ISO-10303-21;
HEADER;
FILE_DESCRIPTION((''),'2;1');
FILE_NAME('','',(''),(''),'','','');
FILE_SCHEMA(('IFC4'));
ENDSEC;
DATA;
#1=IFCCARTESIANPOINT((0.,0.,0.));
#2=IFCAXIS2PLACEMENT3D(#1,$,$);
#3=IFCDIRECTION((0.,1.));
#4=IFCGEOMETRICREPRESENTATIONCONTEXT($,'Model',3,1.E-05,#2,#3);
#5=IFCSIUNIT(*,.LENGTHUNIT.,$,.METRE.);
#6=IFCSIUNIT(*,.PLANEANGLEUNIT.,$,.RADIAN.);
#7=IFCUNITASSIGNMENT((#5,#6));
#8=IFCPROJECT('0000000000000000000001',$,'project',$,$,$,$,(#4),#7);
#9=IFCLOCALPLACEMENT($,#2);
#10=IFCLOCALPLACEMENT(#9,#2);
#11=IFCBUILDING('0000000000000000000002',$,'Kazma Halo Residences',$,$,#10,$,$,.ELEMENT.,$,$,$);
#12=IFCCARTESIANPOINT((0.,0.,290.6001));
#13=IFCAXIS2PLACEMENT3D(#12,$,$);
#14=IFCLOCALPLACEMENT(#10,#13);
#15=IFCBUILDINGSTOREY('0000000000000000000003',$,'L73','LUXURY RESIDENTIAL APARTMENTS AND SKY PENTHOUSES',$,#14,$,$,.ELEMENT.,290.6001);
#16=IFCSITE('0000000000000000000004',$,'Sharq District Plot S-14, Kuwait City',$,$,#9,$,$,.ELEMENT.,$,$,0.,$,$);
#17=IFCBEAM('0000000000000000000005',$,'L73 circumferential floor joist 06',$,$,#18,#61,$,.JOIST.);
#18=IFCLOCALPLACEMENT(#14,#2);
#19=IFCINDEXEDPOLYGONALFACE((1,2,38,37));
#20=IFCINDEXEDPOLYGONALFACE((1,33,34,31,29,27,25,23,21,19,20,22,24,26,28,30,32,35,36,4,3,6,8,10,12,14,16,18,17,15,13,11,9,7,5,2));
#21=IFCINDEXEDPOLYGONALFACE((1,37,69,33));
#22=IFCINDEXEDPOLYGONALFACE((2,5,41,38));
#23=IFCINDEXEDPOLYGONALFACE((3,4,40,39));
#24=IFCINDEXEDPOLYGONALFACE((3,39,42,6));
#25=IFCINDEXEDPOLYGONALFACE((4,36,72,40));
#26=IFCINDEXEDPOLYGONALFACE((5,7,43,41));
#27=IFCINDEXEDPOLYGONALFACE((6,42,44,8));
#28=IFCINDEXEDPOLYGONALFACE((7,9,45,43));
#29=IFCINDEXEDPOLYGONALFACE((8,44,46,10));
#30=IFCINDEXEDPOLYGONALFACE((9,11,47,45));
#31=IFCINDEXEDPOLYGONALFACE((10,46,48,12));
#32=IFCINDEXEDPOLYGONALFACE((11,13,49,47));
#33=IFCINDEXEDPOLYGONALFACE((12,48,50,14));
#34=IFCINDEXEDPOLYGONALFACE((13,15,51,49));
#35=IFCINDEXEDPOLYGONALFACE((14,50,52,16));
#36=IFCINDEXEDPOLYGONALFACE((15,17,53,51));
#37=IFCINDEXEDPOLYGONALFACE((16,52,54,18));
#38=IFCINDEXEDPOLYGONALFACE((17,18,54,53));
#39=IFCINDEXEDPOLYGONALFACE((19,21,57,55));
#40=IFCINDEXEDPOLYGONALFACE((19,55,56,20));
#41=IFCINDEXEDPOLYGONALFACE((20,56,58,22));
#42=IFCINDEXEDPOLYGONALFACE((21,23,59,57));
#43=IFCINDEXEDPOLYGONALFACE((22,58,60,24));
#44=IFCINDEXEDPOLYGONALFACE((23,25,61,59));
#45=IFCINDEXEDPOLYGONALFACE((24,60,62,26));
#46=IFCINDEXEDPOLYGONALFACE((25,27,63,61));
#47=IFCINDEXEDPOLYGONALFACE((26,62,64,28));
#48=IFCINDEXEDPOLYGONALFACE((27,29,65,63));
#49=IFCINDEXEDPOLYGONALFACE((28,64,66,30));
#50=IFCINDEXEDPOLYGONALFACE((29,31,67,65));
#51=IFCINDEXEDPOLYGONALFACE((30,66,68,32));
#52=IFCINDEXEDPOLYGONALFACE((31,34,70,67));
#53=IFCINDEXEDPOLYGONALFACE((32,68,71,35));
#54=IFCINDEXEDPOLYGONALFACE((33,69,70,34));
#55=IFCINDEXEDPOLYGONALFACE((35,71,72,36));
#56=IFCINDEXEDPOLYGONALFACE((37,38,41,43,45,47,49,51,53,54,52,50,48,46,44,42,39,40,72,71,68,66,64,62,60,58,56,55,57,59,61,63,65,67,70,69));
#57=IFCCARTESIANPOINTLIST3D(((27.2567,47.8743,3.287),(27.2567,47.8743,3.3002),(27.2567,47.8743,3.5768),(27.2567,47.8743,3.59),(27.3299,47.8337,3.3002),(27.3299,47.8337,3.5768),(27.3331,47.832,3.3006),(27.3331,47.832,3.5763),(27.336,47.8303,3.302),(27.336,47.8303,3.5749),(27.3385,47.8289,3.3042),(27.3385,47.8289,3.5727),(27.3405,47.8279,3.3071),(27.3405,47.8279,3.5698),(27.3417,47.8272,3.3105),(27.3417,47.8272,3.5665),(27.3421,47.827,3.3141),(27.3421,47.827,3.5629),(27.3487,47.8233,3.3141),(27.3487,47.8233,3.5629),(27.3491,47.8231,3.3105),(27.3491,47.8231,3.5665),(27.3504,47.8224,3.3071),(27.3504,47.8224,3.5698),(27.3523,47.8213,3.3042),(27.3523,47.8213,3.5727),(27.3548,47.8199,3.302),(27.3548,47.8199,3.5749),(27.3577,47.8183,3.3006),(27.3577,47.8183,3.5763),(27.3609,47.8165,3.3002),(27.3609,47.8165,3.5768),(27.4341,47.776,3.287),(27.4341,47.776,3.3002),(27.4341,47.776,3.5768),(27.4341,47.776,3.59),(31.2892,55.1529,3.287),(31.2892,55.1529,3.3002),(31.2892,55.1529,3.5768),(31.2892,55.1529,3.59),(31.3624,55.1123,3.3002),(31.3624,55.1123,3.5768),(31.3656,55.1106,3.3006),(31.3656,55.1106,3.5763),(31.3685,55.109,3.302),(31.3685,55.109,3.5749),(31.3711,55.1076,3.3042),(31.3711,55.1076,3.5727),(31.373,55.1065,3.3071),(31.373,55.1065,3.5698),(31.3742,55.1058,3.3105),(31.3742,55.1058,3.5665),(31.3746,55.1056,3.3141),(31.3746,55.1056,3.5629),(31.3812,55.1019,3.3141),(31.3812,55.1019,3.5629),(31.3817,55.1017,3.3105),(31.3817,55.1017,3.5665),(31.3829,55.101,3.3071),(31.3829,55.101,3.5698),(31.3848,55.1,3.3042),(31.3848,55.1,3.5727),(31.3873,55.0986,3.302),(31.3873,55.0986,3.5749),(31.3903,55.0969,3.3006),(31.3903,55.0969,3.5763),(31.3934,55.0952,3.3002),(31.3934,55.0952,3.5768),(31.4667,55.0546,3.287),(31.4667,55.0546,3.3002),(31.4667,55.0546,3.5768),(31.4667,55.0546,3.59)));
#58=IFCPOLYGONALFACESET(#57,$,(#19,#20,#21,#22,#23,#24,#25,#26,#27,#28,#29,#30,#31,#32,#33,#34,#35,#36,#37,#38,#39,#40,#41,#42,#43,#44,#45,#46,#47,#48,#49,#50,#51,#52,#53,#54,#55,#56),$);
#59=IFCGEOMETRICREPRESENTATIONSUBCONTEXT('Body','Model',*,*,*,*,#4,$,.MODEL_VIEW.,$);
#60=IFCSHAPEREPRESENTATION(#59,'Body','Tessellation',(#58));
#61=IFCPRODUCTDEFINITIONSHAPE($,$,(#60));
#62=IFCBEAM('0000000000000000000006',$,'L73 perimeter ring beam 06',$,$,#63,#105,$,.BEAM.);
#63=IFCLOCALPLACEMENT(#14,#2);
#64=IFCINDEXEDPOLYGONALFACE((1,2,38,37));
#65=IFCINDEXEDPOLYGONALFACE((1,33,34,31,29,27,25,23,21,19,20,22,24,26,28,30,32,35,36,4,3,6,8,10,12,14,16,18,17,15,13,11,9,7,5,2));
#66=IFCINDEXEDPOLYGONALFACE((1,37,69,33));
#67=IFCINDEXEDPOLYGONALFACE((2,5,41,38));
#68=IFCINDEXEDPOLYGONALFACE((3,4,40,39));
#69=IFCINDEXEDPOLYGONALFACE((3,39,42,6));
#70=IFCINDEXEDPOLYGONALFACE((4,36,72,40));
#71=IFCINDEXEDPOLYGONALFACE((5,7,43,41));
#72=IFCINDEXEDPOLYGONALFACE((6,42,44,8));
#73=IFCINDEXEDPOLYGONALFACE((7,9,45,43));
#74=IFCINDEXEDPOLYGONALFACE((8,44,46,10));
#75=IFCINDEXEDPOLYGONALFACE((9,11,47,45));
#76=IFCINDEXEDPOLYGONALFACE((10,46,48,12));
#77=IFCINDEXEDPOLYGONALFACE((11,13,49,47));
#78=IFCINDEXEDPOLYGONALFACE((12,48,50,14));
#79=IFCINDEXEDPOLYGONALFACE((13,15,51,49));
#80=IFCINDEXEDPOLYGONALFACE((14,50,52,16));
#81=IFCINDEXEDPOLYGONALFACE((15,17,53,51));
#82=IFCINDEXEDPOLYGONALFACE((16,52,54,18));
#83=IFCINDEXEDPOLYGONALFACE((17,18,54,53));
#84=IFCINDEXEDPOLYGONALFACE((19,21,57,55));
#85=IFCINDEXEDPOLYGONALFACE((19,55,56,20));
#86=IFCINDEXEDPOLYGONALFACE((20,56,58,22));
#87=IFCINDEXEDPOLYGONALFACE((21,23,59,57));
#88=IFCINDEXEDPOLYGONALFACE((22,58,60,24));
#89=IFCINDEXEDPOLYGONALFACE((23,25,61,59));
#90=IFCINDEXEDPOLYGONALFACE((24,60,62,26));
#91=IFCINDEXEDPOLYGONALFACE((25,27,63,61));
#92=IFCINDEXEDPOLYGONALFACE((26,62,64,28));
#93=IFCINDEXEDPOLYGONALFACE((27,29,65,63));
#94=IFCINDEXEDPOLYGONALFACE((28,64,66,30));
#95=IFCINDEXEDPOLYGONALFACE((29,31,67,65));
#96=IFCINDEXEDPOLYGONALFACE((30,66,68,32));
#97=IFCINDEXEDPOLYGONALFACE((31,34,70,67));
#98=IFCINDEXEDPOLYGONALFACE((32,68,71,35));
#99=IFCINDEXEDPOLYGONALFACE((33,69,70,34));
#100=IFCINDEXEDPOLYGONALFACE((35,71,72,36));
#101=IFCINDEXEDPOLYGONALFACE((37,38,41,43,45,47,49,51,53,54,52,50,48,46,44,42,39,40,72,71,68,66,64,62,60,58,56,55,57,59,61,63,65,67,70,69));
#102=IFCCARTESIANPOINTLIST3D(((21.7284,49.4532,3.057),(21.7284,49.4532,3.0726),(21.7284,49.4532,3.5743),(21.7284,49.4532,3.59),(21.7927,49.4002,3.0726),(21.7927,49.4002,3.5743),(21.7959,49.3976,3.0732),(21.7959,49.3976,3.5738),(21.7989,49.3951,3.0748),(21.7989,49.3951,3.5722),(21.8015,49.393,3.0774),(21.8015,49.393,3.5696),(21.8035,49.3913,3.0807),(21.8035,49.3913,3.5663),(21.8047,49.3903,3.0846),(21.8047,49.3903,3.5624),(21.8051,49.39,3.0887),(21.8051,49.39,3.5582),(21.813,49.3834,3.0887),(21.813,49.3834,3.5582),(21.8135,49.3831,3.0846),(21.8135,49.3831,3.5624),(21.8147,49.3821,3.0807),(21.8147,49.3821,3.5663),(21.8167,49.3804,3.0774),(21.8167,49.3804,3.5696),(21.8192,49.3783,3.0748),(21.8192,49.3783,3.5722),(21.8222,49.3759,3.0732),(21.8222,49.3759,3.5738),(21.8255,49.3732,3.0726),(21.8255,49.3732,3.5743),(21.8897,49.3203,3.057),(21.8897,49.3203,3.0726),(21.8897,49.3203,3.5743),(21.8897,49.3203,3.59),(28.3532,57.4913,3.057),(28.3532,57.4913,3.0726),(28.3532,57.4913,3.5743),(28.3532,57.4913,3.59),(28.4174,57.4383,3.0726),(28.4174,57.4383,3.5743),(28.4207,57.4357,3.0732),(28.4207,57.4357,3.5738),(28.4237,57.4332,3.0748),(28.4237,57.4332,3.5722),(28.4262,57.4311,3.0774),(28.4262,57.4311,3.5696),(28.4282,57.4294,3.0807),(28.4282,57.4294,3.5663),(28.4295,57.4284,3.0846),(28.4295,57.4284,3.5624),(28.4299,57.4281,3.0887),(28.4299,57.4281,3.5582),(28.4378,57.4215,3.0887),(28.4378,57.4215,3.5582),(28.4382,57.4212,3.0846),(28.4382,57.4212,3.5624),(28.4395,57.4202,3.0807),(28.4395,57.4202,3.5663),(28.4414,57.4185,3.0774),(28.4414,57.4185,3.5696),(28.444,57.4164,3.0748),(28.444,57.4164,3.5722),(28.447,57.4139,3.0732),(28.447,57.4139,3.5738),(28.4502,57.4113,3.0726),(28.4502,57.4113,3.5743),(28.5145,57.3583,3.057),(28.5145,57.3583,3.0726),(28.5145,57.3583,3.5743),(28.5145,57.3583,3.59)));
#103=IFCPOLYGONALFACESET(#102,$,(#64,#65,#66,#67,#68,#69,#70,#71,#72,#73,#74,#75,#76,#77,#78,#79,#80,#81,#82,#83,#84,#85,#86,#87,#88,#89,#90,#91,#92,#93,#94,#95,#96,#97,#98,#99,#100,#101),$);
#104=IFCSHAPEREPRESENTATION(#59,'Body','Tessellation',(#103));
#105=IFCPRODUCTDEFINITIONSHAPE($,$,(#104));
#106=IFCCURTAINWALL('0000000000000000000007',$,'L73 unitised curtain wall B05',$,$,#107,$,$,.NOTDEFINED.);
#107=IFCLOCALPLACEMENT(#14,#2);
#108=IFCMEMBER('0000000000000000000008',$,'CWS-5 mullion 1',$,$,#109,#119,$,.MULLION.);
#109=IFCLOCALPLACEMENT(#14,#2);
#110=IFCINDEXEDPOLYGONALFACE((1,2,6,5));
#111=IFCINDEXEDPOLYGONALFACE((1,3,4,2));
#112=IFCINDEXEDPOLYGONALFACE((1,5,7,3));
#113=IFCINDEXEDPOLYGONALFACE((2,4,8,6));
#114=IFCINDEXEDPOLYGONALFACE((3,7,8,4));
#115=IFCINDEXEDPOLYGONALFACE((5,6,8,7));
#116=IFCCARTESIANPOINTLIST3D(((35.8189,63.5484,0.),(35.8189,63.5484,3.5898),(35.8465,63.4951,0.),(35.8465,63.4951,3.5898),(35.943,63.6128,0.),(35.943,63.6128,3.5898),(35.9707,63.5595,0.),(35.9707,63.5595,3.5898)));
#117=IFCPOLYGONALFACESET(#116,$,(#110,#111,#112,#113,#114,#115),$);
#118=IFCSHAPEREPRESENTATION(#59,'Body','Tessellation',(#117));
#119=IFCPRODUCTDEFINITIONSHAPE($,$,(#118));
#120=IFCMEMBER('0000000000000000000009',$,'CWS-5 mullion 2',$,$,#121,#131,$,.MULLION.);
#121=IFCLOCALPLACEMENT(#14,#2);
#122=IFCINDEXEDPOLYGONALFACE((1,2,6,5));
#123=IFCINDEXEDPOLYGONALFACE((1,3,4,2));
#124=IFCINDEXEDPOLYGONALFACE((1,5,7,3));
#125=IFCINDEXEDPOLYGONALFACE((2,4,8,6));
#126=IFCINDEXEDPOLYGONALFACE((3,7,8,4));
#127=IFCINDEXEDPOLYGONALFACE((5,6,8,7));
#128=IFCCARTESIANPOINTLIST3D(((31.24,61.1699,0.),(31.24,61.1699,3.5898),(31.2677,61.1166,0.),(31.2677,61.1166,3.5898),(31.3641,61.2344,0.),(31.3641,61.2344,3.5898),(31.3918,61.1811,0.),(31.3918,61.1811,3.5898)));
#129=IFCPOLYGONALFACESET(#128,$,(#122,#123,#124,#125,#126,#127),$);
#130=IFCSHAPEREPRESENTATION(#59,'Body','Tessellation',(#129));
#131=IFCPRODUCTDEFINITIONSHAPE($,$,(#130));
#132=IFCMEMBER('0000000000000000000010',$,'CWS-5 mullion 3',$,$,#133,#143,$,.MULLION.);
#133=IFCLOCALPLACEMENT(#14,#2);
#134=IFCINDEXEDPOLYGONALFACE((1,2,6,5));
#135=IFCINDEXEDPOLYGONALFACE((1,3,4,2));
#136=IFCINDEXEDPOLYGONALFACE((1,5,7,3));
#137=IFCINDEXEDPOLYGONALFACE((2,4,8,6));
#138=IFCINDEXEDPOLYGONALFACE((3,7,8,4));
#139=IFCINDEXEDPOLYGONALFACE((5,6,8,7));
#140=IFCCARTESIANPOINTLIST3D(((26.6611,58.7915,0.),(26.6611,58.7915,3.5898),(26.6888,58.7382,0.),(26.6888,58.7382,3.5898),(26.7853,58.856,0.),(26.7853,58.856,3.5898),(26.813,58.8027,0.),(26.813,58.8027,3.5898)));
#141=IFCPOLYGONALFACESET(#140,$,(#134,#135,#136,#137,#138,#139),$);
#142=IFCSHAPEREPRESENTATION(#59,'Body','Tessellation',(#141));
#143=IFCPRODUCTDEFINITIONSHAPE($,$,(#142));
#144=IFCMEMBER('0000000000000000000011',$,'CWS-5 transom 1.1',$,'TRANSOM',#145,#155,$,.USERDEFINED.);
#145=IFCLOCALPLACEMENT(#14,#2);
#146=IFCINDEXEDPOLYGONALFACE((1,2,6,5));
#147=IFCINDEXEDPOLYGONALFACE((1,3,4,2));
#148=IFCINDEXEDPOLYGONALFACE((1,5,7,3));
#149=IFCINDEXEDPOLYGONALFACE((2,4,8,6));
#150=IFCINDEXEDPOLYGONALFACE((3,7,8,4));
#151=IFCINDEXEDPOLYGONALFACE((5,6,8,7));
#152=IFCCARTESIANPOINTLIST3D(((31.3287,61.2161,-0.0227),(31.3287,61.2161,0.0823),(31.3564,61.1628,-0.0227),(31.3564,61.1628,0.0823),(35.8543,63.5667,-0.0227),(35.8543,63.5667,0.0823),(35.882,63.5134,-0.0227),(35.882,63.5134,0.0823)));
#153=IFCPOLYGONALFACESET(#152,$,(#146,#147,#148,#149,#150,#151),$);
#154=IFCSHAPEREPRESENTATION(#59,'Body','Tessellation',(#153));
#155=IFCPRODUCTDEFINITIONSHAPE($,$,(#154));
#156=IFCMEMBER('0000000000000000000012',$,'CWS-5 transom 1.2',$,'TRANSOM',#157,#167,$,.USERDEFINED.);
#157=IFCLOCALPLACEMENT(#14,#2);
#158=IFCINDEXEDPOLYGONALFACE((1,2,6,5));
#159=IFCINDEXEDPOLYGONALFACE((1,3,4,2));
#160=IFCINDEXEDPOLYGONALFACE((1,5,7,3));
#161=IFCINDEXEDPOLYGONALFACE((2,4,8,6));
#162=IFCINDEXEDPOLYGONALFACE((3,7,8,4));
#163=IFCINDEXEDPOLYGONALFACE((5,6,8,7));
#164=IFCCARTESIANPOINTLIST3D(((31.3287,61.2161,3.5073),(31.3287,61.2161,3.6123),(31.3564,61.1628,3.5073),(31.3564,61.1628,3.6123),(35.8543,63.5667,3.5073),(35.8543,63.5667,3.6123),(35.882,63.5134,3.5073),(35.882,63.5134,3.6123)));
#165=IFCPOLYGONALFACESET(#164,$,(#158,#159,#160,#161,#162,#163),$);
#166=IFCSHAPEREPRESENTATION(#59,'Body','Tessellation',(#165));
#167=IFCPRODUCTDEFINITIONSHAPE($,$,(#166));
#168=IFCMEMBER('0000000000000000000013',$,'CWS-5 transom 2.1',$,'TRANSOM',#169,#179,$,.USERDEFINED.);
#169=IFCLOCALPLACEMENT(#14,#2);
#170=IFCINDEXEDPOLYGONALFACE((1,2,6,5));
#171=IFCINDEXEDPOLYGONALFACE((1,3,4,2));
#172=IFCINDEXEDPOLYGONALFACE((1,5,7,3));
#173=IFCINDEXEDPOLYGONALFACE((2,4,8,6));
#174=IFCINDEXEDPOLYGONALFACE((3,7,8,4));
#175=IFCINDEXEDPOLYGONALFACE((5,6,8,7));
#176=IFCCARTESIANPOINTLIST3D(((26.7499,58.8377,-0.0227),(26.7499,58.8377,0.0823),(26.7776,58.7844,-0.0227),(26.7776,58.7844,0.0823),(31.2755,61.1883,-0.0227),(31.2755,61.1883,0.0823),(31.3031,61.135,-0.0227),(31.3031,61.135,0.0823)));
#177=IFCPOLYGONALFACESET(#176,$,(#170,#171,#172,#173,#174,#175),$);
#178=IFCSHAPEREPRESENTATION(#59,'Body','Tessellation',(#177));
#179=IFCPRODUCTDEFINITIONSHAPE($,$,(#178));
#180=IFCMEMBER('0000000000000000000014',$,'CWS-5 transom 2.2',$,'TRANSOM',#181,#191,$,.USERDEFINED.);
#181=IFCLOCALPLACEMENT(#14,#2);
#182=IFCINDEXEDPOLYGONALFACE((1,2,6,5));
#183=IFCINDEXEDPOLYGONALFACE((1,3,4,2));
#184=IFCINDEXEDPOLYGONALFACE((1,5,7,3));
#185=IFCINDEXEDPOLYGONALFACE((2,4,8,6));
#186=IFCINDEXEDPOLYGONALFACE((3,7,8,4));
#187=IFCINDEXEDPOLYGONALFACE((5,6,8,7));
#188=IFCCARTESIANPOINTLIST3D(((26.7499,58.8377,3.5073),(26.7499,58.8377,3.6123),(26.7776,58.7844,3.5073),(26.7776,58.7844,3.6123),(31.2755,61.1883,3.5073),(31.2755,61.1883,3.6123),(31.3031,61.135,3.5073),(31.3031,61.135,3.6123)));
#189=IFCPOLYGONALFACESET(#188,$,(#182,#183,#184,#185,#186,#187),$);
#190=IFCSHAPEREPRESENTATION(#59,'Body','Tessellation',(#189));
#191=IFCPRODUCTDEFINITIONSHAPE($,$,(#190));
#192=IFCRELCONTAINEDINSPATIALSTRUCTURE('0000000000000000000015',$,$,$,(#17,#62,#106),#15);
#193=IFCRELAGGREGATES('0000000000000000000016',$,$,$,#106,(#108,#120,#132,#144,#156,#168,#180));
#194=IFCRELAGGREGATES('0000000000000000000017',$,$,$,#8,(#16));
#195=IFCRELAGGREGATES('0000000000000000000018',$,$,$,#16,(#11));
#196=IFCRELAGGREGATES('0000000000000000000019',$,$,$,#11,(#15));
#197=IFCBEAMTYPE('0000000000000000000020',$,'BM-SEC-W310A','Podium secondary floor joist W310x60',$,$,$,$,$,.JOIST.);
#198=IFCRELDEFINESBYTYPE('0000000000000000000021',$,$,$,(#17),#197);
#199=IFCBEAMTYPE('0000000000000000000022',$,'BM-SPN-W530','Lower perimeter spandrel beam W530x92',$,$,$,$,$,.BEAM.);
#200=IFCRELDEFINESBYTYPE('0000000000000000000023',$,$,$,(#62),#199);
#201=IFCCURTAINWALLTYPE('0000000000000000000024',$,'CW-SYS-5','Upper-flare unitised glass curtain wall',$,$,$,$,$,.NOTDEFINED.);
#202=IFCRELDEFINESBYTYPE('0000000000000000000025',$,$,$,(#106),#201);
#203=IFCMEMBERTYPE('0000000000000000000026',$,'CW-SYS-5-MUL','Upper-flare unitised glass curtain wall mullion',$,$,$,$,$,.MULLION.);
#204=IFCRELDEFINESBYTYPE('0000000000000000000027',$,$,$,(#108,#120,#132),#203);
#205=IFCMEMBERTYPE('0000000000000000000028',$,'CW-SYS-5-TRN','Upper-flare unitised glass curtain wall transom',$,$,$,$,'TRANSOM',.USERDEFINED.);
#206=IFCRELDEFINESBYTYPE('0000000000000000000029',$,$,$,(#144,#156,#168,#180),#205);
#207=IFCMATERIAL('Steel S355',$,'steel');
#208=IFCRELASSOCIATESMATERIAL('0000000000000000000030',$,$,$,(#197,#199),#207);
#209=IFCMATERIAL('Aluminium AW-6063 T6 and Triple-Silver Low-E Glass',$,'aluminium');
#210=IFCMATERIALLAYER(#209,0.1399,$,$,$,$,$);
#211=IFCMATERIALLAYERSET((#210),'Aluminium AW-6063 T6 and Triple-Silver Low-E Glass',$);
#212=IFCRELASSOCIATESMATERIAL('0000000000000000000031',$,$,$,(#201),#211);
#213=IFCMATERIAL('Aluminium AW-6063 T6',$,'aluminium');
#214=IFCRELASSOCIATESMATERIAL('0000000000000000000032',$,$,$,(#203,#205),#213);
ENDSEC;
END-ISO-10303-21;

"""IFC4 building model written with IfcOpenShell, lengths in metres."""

from ifc_helpers import new_model, si_unit, direction, frame, origin, origin_2d, place, context, subcontext, project, spatial, rectangle, i_section, extrude, material, layer, layer_set, material_profile, profile_set, type_object, element, aggregate, save


model = new_model("IFC4")

# Units and contexts
model_context = context("Model", 3, precision=1e-05, world=origin(), true_north=direction((0.0, 1.0)))
body_context = subcontext(model_context, "Body", "Model", "MODEL_VIEW")
ifc_project = project(units=[si_unit("LENGTHUNIT", "METRE"), si_unit("PLANEANGLEUNIT", "RADIAN")], contexts=[model_context])

# Site, building, storey
site_placement = place(None, origin())
site = spatial("IfcSite", under=ifc_project, at=site_placement, Name="Sharq District Plot S-14, Kuwait City", CompositionType="ELEMENT", RefElevation=0.0)
building_placement = place(site_placement, origin())
building = spatial("IfcBuilding", under=site, at=building_placement, Name="Kazma Halo Residences", CompositionType="ELEMENT")
storey_placement = place(building_placement, frame((0.0, 0.0, 290.6001)))
storey = spatial("IfcBuildingStorey", under=building, at=storey_placement, Name="L73", Description="LUXURY RESIDENTIAL APARTMENTS AND SKY PENTHOUSES", CompositionType="ELEMENT", Elevation=290.6001)

# Beams
ifc_material_1 = material(Name="Steel S355", Category="steel")
ifc_material_profile_1 = material_profile(ifc_material_1, i_section(OverallWidth=0.2029, OverallDepth=0.303, WebThickness=0.0076, FlangeThickness=0.0132, FilletRadius=0.0139, at=origin_2d()), Name="W310x60")
ifc_profile_set_1 = profile_set([ifc_material_profile_1], Name="Steel S355")
beam_type_1 = type_object("IfcBeamType", Name="BM-SEC-W310A", Description="Podium secondary floor joist W310x60", PredefinedType="JOIST", material=ifc_profile_set_1)
beam_1_placement = place(storey_placement, frame((31.3779, 55.1038, 3.4385), z_axis=(-0.484616, -0.874727, 0.0), x_axis=(0.874727, -0.484616, 0.0)))
element("IfcBeam", 1, at=beam_1_placement, inside=storey, type_object=beam_type_1, Name="L73 circumferential floor joist 06", PredefinedType="JOIST", context=body_context, shape_type="SweptSolid", body=[
    extrude(i_section(OverallWidth=0.2029, OverallDepth=0.303, WebThickness=0.0076, FlangeThickness=0.0132, FilletRadius=0.0139, at=origin_2d()), origin(), (0.0, 0.0, 1.0), 8.321),
])
ifc_material_profile_2 = material_profile(ifc_material_1, i_section(OverallWidth=0.209, OverallDepth=0.533, WebThickness=0.0103, FlangeThickness=0.0156, FilletRadius=0.0161, at=origin_2d()), Name="W530x92")
ifc_profile_set_2 = profile_set([ifc_material_profile_2], Name="Steel S355")
beam_type_2 = type_object("IfcBeamType", Name="BM-SPN-W530", Description="Lower perimeter spandrel beam W530x92", PredefinedType="BEAM", material=ifc_profile_set_2)
beam_2_placement = place(storey_placement, frame((28.4338, 57.4248, 3.3235), z_axis=(-0.636002, -0.771687, 0.0), x_axis=(0.771687, -0.636002, 0.0)))
element("IfcBeam", 2, at=beam_2_placement, inside=storey, type_object=beam_type_2, Name="L73 perimeter ring beam 06", PredefinedType="BEAM", context=body_context, shape_type="SweptSolid", body=[
    extrude(i_section(OverallWidth=0.209, OverallDepth=0.533, WebThickness=0.0103, FlangeThickness=0.0156, FilletRadius=0.0161, at=origin_2d()), origin(), (0.0, 0.0, 1.0), 10.4163),
])

# Curtain wall, members
ifc_material_2 = material(Name="Aluminium AW-6063 T6 and Triple-Silver Low-E Glass", Category="aluminium")
ifc_layer_1 = layer(ifc_material_2, 0.1399)
ifc_layer_set_1 = layer_set([ifc_layer_1], Name="Aluminium AW-6063 T6 and Triple-Silver Low-E Glass")
curtain_wall_type = type_object("IfcCurtainWallType", Name="CW-SYS-5", Description="Upper-flare unitised glass curtain wall", PredefinedType="NOTDEFINED", material=ifc_layer_set_1)
curtain_wall_placement = place(storey_placement, origin())
curtain_wall = element("IfcCurtainWall", 3, at=curtain_wall_placement, inside=storey, type_object=curtain_wall_type, Name="L73 unitised curtain wall B05", PredefinedType="NOTDEFINED")
ifc_material_3 = material(Name="Aluminium AW-6063 T6", Category="aluminium")
ifc_material_profile_3 = material_profile(ifc_material_3, rectangle(XDim=0.0601, YDim=0.1399, at=origin_2d()), Name="CWM-60x140")
ifc_profile_set_3 = profile_set([ifc_material_profile_3], Name="Aluminium AW-6063 T6")
member_type_1 = type_object("IfcMemberType", Name="CW-SYS-5-MUL", Description="Upper-flare unitised glass curtain wall mullion", PredefinedType="MULLION", material=ifc_profile_set_3)
member_1_placement = place(storey_placement, frame((35.8948, 63.554, 0.0), z_axis=(0.0, 0.0, 1.0), x_axis=(0.460961, -0.887421, 0.0)))
member_1 = element("IfcMember", 4, at=member_1_placement, type_object=member_type_1, Name="CWS-5 mullion 1", PredefinedType="MULLION", context=body_context, shape_type="SweptSolid", body=[
    extrude(rectangle(XDim=0.0601, YDim=0.1399, at=origin_2d()), origin(), (0.0, 0.0, 1.0), 3.5898),
])
member_2_placement = place(storey_placement, frame((31.3159, 61.1755, 0.0), z_axis=(0.0, 0.0, 1.0), x_axis=(0.460961, -0.887421, 0.0)))
member_2 = element("IfcMember", 5, at=member_2_placement, type_object=member_type_1, Name="CWS-5 mullion 2", PredefinedType="MULLION", context=body_context, shape_type="SweptSolid", body=[
    extrude(rectangle(XDim=0.0601, YDim=0.1399, at=origin_2d()), origin(), (0.0, 0.0, 1.0), 3.5898),
])
member_3_placement = place(storey_placement, frame((26.7371, 58.7971, 0.0), z_axis=(0.0, 0.0, 1.0), x_axis=(0.460961, -0.887421, 0.0)))
member_3 = element("IfcMember", 6, at=member_3_placement, type_object=member_type_1, Name="CWS-5 mullion 3", PredefinedType="MULLION", context=body_context, shape_type="SweptSolid", body=[
    extrude(rectangle(XDim=0.0601, YDim=0.1399, at=origin_2d()), origin(), (0.0, 0.0, 1.0), 3.5898),
])
ifc_material_profile_4 = material_profile(ifc_material_3, rectangle(XDim=0.0601, YDim=0.105, at=origin_2d()), Name="CWT-60x105")
ifc_profile_set_4 = profile_set([ifc_material_profile_4], Name="Aluminium AW-6063 T6")
member_type_2 = type_object("IfcMemberType", Name="CW-SYS-5-TRN", Description="Upper-flare unitised glass curtain wall transom", ElementType="TRANSOM", PredefinedType="USERDEFINED", material=ifc_profile_set_4)
member_4_placement = place(storey_placement, frame((35.8682, 63.54, 0.0298), z_axis=(-0.887437, -0.460929, 0.0), x_axis=(0.460929, -0.887437, 0.0)))
member_4 = element("IfcMember", 7, at=member_4_placement, type_object=member_type_2, Name="CWS-5 transom 1.1", ObjectType="TRANSOM", PredefinedType="USERDEFINED", context=body_context, shape_type="SweptSolid", body=[
    extrude(rectangle(XDim=0.0601, YDim=0.105, at=origin_2d()), origin(), (0.0, 0.0, 1.0), 5.0996),
])
member_5_placement = place(storey_placement, frame((35.8682, 63.54, 3.5598), z_axis=(-0.887437, -0.460929, 0.0), x_axis=(0.460929, -0.887437, 0.0)))
member_5 = element("IfcMember", 8, at=member_5_placement, type_object=member_type_2, Name="CWS-5 transom 1.2", ObjectType="TRANSOM", PredefinedType="USERDEFINED", context=body_context, shape_type="SweptSolid", body=[
    extrude(rectangle(XDim=0.0601, YDim=0.105, at=origin_2d()), origin(), (0.0, 0.0, 1.0), 5.0996),
])
member_6_placement = place(storey_placement, frame((31.2893, 61.1616, 0.0298), z_axis=(-0.887437, -0.460929, 0.0), x_axis=(0.460929, -0.887437, 0.0)))
member_6 = element("IfcMember", 9, at=member_6_placement, type_object=member_type_2, Name="CWS-5 transom 2.1", ObjectType="TRANSOM", PredefinedType="USERDEFINED", context=body_context, shape_type="SweptSolid", body=[
    extrude(rectangle(XDim=0.0601, YDim=0.105, at=origin_2d()), origin(), (0.0, 0.0, 1.0), 5.0996),
])
member_7_placement = place(storey_placement, frame((31.2893, 61.1616, 3.5598), z_axis=(-0.887437, -0.460929, 0.0), x_axis=(0.460929, -0.887437, 0.0)))
member_7 = element("IfcMember", 10, at=member_7_placement, type_object=member_type_2, Name="CWS-5 transom 2.2", ObjectType="TRANSOM", PredefinedType="USERDEFINED", context=body_context, shape_type="SweptSolid", body=[
    extrude(rectangle(XDim=0.0601, YDim=0.105, at=origin_2d()), origin(), (0.0, 0.0, 1.0), 5.0996),
])
aggregate(curtain_wall, [member_1, member_2, member_3, member_4, member_5, member_6, member_7])

save(model, "model.ifc")
